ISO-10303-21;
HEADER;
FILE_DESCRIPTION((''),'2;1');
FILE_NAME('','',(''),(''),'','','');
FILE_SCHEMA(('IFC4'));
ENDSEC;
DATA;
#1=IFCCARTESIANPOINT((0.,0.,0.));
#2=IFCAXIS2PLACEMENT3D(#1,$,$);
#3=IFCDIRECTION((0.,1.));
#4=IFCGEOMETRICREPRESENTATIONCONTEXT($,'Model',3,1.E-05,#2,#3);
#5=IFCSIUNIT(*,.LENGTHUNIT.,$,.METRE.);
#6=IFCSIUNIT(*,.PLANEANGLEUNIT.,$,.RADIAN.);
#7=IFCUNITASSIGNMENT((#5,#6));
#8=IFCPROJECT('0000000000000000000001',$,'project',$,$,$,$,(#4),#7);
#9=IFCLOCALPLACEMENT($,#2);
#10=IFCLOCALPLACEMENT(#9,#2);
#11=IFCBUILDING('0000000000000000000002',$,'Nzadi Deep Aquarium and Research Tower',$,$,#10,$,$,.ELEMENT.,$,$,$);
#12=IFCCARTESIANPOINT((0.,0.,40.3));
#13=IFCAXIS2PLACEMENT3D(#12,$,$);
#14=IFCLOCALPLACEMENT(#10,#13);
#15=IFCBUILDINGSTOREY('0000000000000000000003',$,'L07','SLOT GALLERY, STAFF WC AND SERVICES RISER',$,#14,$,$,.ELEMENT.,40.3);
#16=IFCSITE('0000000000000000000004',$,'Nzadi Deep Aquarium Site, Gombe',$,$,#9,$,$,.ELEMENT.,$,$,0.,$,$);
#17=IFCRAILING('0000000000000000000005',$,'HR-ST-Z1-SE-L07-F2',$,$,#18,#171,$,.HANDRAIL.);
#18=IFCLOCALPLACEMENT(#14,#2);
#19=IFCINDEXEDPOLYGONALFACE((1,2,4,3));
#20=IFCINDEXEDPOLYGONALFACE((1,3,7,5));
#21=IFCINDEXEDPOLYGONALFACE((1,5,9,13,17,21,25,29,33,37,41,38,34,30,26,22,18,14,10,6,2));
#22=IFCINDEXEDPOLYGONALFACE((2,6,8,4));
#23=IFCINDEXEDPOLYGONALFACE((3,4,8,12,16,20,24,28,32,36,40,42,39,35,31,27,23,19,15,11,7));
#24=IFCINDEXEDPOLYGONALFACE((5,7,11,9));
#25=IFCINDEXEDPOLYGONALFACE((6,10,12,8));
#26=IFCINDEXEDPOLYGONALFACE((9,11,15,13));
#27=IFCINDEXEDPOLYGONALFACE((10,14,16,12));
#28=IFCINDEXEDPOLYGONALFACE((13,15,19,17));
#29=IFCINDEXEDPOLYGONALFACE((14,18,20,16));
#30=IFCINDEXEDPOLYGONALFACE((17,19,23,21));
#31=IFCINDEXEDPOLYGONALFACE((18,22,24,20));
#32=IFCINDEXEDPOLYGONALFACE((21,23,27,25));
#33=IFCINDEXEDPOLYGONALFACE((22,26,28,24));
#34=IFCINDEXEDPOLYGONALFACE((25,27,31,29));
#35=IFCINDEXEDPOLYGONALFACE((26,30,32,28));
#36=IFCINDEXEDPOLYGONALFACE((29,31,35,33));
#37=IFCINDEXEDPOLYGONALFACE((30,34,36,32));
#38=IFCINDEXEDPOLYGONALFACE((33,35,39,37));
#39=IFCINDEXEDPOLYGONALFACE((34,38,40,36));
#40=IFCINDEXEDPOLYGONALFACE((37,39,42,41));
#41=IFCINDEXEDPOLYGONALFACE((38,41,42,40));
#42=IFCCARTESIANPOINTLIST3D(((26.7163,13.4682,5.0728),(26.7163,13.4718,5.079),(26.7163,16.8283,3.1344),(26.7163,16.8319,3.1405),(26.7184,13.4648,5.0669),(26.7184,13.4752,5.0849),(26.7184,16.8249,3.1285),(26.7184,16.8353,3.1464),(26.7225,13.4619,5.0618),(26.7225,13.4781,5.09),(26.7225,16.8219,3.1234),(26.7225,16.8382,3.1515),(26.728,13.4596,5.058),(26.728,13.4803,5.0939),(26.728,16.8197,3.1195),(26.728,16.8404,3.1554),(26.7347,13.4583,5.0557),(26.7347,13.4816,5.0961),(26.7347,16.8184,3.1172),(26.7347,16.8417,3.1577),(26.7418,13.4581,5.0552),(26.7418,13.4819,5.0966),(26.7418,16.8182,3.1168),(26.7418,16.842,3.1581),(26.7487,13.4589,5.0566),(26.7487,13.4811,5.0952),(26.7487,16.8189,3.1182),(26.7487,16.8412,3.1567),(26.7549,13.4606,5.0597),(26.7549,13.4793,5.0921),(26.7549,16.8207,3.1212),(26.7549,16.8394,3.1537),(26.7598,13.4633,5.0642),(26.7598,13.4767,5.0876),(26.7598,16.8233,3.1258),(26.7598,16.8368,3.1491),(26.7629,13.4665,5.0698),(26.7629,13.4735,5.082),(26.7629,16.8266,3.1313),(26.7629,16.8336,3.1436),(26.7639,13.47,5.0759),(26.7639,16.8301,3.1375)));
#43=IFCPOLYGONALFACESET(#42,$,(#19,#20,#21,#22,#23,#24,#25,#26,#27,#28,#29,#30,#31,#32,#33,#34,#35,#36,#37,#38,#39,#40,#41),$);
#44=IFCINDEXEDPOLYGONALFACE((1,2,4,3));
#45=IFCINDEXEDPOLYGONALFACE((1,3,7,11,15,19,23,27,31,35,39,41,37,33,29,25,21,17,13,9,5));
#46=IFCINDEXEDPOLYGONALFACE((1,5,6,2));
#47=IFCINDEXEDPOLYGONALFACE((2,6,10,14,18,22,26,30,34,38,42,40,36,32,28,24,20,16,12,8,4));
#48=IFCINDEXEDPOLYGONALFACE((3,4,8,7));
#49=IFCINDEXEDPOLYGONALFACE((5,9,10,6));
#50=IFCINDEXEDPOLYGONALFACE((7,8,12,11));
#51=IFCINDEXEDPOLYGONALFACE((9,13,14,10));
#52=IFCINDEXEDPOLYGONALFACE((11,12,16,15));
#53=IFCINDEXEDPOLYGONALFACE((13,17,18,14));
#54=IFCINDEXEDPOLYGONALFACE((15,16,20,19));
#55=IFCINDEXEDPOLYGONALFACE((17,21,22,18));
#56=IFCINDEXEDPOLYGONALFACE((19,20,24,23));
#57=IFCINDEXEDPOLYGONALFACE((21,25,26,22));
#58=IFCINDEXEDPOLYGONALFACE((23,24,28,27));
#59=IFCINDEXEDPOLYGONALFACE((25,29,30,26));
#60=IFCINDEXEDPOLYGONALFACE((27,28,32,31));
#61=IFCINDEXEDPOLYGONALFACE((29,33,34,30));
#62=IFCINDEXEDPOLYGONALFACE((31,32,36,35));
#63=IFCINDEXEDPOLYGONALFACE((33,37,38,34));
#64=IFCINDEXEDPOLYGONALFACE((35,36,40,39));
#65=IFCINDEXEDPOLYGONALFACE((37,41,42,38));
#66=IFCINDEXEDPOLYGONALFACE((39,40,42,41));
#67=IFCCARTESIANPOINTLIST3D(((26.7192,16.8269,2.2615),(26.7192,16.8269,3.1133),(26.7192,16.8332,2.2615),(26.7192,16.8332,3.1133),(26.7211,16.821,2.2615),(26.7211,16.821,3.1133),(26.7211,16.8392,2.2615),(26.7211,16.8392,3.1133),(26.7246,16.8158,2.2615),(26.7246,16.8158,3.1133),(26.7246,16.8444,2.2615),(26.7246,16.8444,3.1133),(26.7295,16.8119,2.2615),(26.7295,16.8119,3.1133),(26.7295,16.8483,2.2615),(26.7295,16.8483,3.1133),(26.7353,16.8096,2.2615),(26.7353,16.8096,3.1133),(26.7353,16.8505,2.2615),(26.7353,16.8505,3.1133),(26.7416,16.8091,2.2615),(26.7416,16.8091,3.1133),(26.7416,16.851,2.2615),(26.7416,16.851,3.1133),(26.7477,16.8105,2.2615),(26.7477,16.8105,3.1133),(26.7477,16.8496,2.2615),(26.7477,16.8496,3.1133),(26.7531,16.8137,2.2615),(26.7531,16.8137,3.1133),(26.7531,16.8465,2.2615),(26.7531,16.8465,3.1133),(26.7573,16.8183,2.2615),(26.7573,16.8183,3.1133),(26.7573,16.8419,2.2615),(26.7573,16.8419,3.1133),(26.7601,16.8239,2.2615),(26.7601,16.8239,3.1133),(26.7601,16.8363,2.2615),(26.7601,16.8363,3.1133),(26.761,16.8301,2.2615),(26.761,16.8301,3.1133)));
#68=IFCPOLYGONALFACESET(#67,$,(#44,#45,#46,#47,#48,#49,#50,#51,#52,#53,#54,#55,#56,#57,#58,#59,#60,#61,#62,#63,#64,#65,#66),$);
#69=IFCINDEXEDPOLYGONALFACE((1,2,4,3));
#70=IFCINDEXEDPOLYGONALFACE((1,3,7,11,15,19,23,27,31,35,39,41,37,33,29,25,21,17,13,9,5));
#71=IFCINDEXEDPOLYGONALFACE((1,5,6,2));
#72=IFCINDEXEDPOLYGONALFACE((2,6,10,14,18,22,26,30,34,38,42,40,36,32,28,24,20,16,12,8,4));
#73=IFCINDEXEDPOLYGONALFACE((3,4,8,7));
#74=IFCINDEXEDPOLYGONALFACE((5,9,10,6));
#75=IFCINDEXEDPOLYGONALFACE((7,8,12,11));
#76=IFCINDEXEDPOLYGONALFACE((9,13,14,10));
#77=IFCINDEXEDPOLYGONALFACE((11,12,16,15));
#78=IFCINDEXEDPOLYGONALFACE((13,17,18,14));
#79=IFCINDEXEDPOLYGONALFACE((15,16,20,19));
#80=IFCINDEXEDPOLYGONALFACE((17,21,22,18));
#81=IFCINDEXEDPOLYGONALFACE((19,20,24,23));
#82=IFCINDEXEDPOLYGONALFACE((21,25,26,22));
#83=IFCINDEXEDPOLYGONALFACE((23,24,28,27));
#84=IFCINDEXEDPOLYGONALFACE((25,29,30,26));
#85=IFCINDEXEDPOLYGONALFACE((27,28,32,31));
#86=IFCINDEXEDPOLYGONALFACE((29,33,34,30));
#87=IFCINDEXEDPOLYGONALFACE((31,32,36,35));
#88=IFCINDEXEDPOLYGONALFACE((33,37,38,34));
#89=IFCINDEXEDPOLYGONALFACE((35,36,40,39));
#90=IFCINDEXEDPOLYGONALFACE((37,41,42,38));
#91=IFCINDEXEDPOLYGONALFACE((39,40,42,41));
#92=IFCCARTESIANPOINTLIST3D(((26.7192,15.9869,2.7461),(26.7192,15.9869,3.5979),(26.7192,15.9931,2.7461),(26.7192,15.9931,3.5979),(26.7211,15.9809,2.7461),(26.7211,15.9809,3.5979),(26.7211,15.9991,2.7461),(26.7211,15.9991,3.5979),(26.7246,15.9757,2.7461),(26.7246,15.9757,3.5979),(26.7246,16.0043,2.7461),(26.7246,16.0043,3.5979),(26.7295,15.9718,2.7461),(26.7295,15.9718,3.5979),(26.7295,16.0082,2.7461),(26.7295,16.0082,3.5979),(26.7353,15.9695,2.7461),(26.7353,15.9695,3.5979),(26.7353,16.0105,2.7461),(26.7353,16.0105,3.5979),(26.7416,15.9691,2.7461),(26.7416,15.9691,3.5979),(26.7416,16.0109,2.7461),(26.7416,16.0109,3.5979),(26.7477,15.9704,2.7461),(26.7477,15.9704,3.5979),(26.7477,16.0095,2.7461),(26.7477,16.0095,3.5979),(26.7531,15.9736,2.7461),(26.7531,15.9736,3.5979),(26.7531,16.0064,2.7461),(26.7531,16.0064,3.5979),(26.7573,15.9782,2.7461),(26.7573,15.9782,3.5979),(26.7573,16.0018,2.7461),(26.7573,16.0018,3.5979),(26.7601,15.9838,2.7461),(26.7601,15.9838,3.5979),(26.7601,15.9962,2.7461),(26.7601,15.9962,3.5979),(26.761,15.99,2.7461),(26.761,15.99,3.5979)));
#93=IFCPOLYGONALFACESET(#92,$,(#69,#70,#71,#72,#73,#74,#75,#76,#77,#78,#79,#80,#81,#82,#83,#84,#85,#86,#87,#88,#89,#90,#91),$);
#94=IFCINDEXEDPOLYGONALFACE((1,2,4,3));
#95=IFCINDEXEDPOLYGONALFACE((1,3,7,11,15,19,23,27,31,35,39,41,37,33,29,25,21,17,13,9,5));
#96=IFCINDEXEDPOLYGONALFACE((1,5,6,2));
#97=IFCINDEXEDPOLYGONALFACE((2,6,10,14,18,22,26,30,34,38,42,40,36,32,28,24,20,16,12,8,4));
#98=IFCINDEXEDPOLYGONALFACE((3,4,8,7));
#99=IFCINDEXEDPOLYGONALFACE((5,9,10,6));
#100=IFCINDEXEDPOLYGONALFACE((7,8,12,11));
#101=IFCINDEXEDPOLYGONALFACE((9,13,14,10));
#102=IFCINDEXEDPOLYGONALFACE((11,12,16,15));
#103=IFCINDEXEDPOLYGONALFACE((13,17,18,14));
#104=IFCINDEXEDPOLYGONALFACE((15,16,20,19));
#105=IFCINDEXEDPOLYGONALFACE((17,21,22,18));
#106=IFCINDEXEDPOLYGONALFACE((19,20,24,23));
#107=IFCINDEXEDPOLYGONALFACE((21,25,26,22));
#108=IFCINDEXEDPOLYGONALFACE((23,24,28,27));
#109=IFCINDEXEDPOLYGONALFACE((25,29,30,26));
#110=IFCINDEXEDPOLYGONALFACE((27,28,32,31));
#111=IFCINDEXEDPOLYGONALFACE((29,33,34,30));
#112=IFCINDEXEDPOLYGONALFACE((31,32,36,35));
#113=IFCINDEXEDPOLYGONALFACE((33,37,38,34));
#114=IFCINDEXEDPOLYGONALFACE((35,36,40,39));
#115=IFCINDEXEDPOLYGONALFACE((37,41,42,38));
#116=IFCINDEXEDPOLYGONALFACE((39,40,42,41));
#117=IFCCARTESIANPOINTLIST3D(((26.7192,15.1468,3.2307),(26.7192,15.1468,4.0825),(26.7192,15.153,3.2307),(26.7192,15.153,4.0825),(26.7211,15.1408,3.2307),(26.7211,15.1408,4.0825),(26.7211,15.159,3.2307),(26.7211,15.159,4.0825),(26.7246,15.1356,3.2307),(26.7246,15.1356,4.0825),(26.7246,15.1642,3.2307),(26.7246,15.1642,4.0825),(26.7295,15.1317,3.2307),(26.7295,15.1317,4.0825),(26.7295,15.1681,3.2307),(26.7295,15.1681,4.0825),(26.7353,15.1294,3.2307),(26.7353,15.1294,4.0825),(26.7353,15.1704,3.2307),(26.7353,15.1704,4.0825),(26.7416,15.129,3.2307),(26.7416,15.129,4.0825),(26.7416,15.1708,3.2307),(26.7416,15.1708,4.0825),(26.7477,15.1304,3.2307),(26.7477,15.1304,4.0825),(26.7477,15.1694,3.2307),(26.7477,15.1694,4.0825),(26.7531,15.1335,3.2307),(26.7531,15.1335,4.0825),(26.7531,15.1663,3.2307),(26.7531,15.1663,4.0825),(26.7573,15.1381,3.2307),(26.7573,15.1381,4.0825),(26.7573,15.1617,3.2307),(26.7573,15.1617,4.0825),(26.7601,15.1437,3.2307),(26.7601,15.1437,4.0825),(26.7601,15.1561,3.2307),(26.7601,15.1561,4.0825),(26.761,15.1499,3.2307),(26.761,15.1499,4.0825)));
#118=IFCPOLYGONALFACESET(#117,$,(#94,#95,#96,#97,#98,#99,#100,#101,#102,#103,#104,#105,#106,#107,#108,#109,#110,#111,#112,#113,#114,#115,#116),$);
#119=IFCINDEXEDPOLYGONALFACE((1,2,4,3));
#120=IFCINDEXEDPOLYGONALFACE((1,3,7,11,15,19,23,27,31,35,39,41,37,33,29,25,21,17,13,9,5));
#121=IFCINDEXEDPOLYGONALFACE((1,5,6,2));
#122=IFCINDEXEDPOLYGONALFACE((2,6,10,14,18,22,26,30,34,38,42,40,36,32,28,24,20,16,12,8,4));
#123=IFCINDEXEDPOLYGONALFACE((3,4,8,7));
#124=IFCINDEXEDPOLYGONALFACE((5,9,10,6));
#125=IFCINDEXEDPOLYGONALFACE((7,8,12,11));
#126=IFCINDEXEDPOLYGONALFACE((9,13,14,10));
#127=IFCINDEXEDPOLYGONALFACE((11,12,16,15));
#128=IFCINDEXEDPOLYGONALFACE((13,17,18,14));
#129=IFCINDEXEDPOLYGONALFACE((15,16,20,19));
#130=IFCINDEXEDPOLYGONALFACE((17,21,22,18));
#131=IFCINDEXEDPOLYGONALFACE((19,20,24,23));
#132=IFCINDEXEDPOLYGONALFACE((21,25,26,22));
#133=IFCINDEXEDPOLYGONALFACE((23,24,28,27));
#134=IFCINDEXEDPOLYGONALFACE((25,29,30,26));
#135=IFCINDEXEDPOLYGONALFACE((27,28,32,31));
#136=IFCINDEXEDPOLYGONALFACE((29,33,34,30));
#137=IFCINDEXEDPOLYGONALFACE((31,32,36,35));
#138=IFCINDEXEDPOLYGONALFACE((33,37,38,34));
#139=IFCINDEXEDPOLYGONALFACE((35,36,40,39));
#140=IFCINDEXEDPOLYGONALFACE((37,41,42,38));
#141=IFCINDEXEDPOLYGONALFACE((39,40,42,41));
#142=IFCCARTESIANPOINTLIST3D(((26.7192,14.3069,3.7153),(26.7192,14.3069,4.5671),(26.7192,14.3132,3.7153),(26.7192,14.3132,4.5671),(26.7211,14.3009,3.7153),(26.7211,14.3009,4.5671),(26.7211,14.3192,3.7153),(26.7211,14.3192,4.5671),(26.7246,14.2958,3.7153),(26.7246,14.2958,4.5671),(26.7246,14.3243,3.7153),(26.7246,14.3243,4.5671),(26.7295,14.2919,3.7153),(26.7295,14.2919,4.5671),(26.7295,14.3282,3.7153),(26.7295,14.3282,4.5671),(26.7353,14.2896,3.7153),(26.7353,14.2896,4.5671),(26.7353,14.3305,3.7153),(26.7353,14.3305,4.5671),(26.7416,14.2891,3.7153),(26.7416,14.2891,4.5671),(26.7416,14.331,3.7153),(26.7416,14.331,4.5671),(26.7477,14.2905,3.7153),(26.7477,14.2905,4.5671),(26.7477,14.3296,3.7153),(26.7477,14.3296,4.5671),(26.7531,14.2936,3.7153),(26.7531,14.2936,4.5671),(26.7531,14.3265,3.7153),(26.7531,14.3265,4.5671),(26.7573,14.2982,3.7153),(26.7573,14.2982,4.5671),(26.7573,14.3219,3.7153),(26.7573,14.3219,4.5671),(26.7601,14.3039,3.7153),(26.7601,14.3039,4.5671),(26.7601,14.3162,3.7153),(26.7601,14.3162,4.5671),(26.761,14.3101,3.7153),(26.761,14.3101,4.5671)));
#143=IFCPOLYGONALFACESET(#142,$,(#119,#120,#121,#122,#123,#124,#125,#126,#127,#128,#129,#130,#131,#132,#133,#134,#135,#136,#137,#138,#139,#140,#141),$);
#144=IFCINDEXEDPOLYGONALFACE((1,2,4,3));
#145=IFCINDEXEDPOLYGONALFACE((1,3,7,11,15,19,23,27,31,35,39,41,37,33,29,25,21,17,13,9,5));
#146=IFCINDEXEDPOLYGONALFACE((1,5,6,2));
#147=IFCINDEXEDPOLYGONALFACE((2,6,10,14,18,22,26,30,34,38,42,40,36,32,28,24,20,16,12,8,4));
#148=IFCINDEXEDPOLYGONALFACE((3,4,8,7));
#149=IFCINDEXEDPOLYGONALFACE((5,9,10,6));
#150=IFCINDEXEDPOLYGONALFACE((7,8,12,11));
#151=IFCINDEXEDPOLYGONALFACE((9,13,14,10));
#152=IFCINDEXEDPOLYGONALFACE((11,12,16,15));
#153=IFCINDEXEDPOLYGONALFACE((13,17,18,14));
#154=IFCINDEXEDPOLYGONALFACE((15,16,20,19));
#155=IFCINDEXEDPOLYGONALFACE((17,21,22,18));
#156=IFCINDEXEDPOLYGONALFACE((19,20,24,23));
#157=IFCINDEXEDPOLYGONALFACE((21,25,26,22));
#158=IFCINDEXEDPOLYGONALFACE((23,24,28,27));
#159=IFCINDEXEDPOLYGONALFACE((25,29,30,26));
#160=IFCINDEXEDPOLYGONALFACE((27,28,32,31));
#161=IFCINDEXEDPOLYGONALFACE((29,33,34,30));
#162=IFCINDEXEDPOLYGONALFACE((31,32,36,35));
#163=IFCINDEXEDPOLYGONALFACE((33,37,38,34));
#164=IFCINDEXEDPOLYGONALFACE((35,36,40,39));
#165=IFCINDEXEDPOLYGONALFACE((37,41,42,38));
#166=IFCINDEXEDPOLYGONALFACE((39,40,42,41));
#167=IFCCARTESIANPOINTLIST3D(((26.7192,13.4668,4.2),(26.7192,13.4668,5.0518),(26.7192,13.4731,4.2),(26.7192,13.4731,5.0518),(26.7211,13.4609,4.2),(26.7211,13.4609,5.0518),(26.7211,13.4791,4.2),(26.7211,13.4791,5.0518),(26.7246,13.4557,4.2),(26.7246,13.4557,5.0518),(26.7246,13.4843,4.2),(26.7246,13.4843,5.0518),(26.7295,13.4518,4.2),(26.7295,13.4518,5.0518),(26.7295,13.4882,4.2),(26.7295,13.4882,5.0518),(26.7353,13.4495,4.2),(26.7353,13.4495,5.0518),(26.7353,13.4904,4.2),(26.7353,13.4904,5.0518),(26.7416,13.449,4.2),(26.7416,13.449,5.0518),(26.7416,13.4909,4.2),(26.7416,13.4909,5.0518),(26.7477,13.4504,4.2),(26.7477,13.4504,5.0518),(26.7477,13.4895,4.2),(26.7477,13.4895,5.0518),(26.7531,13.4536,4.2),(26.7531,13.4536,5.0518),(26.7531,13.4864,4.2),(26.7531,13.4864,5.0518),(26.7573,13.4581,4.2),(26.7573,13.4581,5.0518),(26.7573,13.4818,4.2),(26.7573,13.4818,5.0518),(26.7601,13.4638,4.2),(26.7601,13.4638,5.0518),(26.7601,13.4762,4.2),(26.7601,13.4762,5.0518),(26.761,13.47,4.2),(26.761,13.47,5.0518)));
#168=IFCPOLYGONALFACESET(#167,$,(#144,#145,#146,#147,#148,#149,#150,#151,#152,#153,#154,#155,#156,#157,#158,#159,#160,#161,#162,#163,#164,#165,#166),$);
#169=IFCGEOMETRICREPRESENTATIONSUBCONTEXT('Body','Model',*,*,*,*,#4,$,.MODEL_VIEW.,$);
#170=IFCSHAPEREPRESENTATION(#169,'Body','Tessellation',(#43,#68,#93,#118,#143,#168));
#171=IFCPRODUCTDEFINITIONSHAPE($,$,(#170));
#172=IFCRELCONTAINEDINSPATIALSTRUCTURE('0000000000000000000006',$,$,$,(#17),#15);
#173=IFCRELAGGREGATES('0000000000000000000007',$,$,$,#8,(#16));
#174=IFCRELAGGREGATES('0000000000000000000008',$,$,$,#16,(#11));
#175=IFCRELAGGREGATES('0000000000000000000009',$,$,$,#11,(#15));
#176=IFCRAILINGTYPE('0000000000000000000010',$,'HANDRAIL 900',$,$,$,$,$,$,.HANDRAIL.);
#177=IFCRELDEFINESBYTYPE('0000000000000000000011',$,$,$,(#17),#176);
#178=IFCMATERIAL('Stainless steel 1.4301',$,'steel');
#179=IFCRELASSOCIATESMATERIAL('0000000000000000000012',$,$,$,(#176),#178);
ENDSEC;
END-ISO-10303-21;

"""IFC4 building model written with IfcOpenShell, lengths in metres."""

from ifc_helpers import new_model, si_unit, direction, frame, origin, origin_2d, place, context, subcontext, project, spatial, circle, extrude, material, type_object, element, save


model = new_model("IFC4")

# Units and contexts
model_context = context("Model", 3, precision=1e-05, world=origin(), true_north=direction((0.0, 1.0)))
body_context = subcontext(model_context, "Body", "Model", "MODEL_VIEW")
ifc_project = project(units=[si_unit("LENGTHUNIT", "METRE"), si_unit("PLANEANGLEUNIT", "RADIAN")], contexts=[model_context])

# Site, building, storey
site_placement = place(None, origin())
site = spatial("IfcSite", under=ifc_project, at=site_placement, Name="Nzadi Deep Aquarium Site, Gombe", CompositionType="ELEMENT", RefElevation=0.0)
building_placement = place(site_placement, origin())
building = spatial("IfcBuilding", under=site, at=building_placement, Name="Nzadi Deep Aquarium and Research Tower", CompositionType="ELEMENT")
storey_placement = place(building_placement, frame((0.0, 0.0, 40.3)))
storey = spatial("IfcBuildingStorey", under=building, at=storey_placement, Name="L07", Description="SLOT GALLERY, STAFF WC AND SERVICES RISER", CompositionType="ELEMENT", Elevation=40.3)

# Railing
ifc_material_1 = material(Name="Stainless steel 1.4301", Category="steel")
railing_type = type_object("IfcRailingType", Name="HANDRAIL 900", PredefinedType="HANDRAIL", material=ifc_material_1)
for number, where, name in (
    (1, (26.74, 16.8301, 2.2615), "HR-ST-Z1-SE-L07-F2"),
):
    element("IfcRailing", number, at=place(storey_placement, frame(where)), inside=storey, type_object=railing_type, Name=name, PredefinedType="HANDRAIL", context=body_context, shape_type="SweptSolid", body=[
        extrude(circle(Radius=0.0239, at=origin_2d()), frame((0.0, 0.0, 0.876), z_axis=(0.0, -0.866191, 0.499713), x_axis=(1.0, 0.0, 0.0)), (0.0, 0.0, 1.0), 3.8792),
        extrude(circle(Radius=0.021, at=origin_2d()), origin(), (0.0, 0.0, 1.0), 0.8518),
        extrude(circle(Radius=0.021, at=origin_2d()), frame((0.0, -0.8401, 0.4846)), (0.0, 0.0, 1.0), 0.8518),
        extrude(circle(Radius=0.021, at=origin_2d()), frame((0.0, -1.6802, 0.9692)), (0.0, 0.0, 1.0), 0.8518),
        extrude(circle(Radius=0.021, at=origin_2d()), frame((0.0, -2.52, 1.4539)), (0.0, 0.0, 1.0), 0.8518),
        extrude(circle(Radius=0.021, at=origin_2d()), frame((0.0, -3.3601, 1.9385)), (0.0, 0.0, 1.0), 0.8518),
    ])

save(model, "model.ifc")
